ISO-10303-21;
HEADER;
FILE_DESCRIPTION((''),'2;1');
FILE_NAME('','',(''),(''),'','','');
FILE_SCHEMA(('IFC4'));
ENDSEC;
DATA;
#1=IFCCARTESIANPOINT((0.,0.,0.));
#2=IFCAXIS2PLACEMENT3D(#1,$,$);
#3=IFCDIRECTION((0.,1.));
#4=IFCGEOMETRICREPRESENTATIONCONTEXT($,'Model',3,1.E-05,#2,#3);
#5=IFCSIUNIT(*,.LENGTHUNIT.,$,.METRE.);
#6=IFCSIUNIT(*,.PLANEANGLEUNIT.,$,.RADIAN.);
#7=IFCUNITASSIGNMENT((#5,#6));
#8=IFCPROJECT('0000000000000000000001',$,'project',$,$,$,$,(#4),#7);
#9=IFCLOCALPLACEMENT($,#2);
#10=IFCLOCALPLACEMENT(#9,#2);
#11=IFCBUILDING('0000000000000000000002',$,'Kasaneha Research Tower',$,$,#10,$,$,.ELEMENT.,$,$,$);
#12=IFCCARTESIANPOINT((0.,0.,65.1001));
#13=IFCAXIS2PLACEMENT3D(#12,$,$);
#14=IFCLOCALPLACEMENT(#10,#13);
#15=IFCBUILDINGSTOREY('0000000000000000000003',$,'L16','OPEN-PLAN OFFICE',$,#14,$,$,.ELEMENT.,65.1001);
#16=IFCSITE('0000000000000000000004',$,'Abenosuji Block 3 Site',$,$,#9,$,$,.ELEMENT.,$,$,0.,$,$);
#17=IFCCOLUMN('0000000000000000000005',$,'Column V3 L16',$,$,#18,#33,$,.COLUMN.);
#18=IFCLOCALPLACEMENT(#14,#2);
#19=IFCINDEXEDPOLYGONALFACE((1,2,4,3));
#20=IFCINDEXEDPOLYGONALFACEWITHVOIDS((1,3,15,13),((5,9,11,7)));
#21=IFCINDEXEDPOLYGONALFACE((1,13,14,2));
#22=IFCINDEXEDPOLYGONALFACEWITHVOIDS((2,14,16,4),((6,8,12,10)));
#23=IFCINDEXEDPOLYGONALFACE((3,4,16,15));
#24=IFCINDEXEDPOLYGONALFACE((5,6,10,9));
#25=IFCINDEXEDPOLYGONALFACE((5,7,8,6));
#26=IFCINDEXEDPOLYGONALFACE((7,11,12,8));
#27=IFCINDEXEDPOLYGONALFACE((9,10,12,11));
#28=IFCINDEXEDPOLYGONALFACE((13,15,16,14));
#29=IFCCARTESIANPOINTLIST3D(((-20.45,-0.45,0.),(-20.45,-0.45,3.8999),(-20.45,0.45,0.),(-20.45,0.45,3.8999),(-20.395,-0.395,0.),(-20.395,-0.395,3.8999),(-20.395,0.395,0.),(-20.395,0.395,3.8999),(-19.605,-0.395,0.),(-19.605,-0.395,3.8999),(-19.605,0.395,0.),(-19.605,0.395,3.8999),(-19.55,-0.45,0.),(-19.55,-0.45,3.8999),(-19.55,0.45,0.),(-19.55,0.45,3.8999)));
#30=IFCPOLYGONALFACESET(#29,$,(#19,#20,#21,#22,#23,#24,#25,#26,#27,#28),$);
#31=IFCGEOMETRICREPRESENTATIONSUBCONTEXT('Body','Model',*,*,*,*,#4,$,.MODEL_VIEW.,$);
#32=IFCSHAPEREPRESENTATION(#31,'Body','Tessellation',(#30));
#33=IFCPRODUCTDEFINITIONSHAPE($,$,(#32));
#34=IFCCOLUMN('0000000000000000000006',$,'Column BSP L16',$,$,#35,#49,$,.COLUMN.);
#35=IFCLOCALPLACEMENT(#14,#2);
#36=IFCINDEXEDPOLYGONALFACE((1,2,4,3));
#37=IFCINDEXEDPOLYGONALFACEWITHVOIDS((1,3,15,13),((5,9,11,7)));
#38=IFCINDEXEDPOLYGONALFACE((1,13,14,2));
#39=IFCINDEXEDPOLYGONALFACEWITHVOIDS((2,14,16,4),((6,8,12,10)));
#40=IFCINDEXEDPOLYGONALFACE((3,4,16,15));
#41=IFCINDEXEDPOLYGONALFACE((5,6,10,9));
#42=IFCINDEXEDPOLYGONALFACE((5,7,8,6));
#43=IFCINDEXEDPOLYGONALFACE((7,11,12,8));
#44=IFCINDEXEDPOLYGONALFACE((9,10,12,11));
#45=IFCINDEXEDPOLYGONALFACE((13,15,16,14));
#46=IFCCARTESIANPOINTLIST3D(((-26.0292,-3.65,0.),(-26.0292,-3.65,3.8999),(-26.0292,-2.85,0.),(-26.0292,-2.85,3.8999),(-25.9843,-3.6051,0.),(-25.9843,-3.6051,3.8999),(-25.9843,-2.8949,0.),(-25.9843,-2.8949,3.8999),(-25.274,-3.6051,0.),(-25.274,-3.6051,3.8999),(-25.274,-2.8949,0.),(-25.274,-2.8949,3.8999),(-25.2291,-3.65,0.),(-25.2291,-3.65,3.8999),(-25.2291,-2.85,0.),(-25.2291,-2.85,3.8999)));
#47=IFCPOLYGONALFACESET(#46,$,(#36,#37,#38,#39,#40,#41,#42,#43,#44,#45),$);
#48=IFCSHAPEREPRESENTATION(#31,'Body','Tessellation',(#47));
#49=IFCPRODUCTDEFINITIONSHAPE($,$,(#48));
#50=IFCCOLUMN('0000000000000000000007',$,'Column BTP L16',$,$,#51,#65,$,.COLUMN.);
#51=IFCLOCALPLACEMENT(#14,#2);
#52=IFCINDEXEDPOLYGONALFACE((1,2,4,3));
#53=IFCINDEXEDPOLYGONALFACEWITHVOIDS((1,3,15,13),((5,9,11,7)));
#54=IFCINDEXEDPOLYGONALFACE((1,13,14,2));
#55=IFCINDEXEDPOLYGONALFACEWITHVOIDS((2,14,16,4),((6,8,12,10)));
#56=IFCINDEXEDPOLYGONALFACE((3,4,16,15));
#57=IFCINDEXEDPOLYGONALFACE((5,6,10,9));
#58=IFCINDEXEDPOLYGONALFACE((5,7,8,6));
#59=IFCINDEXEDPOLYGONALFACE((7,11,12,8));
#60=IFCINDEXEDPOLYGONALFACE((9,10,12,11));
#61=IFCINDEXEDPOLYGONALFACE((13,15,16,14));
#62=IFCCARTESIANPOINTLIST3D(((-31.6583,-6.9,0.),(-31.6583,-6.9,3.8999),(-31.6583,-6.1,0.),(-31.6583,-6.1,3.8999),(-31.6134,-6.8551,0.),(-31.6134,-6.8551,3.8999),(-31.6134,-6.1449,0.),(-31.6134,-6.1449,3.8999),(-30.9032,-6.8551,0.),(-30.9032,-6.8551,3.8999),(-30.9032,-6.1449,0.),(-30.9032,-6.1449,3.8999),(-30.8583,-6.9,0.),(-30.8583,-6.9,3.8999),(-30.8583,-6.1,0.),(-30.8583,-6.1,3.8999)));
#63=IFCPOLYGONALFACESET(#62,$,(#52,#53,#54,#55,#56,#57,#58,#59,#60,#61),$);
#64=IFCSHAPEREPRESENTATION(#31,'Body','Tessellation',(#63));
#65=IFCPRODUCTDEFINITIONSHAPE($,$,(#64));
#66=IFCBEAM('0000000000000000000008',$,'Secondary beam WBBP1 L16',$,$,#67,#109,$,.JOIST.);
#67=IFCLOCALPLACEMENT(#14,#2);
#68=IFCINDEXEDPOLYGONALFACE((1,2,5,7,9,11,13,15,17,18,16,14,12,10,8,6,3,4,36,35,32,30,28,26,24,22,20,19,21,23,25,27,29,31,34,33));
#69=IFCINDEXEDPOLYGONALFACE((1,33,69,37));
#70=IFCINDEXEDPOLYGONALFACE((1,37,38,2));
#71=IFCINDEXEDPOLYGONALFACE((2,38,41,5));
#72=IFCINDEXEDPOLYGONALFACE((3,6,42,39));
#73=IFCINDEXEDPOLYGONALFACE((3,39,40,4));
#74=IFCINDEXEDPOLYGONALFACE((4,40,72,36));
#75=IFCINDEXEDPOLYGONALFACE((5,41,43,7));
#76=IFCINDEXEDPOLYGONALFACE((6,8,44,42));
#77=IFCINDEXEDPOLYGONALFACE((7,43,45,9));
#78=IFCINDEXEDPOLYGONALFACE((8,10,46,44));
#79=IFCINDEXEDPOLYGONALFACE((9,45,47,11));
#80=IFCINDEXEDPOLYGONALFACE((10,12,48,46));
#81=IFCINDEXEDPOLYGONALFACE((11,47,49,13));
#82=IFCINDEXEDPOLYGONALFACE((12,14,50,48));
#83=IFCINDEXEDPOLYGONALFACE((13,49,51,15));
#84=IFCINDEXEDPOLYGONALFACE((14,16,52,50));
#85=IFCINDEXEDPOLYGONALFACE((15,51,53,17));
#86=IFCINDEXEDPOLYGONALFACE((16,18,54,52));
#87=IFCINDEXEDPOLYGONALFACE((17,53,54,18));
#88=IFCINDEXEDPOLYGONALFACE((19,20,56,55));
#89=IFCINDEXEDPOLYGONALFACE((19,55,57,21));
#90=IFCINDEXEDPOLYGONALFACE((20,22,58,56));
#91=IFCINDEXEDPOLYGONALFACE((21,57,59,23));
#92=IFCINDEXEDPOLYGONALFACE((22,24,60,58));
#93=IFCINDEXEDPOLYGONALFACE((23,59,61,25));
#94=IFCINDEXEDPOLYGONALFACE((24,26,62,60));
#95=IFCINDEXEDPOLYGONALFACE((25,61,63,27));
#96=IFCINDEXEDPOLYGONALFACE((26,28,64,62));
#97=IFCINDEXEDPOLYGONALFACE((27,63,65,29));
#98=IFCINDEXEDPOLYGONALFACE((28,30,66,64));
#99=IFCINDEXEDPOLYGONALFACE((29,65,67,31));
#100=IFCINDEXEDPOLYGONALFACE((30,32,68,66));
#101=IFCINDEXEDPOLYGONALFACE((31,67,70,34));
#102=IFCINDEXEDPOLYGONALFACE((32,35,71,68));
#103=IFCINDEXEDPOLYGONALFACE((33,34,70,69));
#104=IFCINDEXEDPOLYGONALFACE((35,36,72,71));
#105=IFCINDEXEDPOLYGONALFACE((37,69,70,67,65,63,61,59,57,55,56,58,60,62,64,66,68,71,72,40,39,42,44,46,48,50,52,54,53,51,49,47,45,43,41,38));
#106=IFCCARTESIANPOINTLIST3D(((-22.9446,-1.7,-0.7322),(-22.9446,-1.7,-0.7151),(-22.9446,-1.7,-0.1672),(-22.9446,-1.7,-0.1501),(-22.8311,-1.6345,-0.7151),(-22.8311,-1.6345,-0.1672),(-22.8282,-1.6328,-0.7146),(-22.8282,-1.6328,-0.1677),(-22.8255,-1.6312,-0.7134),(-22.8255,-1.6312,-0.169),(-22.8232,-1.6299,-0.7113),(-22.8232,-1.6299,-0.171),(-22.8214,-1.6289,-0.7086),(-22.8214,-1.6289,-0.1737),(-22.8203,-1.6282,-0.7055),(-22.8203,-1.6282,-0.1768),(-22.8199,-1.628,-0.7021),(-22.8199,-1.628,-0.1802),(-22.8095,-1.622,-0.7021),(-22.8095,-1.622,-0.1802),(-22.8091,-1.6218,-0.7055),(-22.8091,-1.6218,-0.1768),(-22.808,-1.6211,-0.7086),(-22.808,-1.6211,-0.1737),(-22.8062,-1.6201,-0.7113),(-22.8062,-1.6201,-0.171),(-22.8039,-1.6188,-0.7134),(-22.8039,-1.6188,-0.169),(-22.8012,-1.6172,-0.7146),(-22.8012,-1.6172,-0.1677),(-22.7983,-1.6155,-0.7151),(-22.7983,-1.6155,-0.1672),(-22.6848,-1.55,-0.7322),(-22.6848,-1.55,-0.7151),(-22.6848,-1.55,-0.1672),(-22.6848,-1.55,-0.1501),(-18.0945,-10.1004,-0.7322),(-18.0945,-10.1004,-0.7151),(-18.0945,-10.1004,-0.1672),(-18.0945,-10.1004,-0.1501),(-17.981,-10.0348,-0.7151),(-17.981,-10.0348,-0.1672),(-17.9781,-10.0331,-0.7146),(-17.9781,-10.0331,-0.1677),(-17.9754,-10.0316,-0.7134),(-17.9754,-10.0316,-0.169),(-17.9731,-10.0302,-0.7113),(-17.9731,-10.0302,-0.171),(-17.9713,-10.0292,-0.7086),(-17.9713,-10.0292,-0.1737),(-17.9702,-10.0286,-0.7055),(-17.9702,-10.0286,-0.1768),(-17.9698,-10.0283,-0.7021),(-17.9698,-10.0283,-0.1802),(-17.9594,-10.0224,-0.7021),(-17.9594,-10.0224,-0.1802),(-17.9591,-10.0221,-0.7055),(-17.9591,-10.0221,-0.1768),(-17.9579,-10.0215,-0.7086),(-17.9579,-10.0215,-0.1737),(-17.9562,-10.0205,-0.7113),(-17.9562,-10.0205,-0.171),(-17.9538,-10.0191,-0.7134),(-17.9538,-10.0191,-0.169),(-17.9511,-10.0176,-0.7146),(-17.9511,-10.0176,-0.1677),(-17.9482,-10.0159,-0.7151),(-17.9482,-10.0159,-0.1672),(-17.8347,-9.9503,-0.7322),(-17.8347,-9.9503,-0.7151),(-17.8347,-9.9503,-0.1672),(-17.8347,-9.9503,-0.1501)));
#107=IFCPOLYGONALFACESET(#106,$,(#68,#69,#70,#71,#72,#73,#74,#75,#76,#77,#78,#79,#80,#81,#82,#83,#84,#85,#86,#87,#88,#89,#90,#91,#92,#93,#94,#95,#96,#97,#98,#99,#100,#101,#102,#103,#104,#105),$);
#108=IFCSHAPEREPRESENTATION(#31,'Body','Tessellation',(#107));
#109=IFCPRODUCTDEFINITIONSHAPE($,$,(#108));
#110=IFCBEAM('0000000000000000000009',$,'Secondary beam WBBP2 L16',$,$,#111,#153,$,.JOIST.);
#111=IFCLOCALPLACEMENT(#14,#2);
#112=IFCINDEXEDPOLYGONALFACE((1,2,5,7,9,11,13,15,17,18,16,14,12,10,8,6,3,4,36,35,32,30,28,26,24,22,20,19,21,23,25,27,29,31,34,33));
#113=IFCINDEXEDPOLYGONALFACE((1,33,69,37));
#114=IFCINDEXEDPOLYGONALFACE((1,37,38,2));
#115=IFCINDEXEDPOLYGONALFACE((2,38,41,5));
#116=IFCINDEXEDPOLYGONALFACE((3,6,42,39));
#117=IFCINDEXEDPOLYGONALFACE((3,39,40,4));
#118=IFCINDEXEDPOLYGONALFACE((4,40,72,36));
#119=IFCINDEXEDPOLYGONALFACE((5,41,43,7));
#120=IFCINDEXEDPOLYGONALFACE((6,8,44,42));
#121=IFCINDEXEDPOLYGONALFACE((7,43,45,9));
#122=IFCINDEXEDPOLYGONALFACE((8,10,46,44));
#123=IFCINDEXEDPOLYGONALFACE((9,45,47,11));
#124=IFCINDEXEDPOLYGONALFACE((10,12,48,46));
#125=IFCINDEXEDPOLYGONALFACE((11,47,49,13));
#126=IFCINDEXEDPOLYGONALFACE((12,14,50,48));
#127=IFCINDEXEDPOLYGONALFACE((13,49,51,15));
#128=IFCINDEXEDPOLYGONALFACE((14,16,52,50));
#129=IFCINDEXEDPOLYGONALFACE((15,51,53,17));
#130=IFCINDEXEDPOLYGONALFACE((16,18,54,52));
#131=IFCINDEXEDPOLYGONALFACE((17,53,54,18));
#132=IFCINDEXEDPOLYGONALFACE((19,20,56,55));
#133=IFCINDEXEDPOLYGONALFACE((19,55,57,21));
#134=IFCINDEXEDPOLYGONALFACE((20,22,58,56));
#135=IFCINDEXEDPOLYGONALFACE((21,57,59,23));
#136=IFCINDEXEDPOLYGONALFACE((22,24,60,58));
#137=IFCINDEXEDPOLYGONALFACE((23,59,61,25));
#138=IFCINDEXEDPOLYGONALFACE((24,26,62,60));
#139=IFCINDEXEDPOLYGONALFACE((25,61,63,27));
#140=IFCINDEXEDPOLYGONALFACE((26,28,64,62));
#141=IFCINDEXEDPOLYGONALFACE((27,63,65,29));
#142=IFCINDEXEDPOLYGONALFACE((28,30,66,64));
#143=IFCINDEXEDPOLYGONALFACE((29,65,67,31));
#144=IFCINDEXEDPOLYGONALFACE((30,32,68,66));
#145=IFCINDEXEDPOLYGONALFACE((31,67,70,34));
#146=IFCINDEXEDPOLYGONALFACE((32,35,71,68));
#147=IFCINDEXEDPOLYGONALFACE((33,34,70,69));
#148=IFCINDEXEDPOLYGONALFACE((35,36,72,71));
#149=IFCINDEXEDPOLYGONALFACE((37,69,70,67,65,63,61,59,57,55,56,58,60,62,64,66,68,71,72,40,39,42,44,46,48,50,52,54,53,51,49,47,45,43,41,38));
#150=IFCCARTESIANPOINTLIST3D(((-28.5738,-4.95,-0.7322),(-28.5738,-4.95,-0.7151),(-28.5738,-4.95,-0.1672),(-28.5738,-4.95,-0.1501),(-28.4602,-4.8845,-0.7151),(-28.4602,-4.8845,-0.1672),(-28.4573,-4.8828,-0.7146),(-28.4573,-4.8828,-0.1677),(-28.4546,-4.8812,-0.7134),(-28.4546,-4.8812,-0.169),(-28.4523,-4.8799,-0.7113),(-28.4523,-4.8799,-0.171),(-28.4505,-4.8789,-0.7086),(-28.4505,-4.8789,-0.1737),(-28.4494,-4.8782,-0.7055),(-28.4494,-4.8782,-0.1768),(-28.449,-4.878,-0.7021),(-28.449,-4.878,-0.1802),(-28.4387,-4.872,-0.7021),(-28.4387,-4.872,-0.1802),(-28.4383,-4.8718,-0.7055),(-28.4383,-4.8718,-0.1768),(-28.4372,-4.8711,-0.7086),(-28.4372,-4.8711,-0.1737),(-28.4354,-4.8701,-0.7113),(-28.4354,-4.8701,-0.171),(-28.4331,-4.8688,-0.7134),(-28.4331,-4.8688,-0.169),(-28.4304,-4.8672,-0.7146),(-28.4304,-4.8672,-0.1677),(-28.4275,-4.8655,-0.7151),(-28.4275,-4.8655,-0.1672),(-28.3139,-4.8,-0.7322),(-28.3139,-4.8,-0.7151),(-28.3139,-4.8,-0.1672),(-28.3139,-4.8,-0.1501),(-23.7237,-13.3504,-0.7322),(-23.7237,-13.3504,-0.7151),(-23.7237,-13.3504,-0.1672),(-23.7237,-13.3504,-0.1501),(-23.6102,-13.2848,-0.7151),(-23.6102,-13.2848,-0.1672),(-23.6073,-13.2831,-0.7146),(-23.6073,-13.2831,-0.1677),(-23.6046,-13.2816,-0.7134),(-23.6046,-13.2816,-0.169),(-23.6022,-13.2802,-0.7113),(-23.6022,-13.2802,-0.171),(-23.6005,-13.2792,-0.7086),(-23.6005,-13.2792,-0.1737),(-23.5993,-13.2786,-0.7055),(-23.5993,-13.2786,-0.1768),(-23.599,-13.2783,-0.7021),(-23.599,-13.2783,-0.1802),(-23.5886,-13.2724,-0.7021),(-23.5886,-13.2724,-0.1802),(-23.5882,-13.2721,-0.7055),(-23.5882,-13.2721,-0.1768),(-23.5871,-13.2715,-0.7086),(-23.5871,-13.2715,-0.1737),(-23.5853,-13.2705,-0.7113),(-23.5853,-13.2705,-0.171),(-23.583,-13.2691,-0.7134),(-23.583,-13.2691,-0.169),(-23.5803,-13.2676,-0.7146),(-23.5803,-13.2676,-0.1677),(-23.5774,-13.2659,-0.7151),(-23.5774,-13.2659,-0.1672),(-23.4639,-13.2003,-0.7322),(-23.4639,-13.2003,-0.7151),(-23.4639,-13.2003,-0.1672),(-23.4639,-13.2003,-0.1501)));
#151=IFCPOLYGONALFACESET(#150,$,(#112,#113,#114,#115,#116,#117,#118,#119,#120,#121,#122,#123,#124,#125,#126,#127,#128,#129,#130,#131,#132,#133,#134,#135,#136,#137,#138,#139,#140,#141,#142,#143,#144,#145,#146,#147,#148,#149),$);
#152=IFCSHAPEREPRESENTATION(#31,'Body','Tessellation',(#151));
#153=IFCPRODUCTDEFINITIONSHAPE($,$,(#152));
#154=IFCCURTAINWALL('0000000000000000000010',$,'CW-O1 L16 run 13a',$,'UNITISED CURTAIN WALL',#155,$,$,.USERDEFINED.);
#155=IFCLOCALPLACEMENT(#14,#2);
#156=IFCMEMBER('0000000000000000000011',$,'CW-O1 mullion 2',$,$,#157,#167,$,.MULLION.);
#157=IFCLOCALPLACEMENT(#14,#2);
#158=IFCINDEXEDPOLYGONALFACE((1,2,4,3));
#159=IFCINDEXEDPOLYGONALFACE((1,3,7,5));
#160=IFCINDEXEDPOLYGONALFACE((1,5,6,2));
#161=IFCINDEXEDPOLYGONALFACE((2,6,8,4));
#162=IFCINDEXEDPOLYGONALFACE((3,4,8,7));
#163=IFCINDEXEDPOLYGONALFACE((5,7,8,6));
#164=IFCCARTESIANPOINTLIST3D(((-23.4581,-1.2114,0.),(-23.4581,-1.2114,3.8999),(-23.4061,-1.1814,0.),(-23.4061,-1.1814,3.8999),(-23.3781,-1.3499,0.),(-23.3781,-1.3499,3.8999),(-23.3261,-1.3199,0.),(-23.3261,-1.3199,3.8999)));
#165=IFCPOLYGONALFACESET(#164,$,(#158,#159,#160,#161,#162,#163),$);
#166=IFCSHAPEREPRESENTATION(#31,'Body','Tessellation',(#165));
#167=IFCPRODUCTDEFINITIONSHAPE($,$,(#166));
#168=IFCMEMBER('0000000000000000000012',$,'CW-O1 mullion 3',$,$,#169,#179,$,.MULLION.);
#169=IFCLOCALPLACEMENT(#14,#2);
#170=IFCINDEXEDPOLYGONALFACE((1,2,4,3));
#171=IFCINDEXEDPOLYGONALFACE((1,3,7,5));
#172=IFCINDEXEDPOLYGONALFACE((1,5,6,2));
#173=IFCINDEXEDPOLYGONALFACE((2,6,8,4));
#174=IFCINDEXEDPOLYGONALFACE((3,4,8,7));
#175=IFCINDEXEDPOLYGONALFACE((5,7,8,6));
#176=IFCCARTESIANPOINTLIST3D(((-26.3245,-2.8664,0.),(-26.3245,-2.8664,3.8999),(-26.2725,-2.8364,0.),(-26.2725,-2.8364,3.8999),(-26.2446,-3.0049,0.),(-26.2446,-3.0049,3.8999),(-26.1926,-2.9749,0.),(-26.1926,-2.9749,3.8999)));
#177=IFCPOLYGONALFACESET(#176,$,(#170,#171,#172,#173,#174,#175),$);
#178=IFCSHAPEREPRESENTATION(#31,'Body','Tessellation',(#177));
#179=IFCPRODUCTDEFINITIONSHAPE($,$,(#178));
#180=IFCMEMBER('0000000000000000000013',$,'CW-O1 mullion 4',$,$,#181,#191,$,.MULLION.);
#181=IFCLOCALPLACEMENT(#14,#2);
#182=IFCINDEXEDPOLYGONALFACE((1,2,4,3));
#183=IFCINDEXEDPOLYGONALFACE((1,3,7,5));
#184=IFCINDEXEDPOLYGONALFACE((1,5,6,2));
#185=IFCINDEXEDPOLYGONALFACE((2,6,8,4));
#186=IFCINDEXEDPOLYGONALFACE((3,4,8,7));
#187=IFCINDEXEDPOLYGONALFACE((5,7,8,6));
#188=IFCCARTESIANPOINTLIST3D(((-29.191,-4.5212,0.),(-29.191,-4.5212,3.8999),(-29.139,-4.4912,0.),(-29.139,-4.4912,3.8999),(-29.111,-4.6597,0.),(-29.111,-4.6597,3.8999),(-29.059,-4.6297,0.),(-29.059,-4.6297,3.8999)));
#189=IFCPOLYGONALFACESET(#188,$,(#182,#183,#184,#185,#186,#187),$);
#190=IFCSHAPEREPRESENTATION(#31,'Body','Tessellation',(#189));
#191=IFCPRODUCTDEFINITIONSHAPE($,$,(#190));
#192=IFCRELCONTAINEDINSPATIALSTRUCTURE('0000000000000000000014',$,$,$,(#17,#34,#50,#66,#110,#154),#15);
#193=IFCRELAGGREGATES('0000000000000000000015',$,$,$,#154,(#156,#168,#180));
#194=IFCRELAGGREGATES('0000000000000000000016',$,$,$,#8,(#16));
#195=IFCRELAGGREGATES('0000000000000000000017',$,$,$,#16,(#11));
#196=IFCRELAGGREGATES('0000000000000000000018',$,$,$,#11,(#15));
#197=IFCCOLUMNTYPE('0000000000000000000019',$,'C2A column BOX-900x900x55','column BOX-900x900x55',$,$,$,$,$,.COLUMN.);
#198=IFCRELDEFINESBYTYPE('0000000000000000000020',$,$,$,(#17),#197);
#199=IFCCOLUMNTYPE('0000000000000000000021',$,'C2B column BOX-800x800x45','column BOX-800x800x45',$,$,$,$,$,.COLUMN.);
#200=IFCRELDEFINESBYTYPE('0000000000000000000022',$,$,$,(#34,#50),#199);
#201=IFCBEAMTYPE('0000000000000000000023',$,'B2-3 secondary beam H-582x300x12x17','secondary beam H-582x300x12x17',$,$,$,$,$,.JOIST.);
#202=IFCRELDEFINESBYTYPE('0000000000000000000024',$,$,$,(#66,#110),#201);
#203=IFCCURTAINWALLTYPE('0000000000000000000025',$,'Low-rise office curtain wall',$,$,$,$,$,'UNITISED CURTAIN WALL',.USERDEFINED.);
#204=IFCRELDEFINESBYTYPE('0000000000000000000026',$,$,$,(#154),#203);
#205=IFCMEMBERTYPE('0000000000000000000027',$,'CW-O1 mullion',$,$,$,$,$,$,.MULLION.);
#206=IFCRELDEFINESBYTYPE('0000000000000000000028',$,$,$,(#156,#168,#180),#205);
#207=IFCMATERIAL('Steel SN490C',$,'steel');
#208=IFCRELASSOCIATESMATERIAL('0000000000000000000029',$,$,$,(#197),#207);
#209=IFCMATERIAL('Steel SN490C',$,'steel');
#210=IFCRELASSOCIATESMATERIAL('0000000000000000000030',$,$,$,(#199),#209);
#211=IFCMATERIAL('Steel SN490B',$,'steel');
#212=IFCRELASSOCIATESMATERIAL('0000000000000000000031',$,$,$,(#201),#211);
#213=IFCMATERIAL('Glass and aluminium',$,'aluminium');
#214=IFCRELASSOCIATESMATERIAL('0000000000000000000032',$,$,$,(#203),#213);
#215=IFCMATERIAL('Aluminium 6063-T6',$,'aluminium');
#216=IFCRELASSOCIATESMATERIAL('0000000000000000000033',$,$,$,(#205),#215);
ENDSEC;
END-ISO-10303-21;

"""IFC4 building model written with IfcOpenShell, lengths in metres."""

from ifc_helpers import new_model, si_unit, direction, frame, origin, origin_2d, place, context, subcontext, project, spatial, rectangle, hollow_rectangle, i_section, extrude, material, material_profile, profile_set, type_object, element, aggregate, save


model = new_model("IFC4")

# Units and contexts
model_context = context("Model", 3, precision=1e-05, world=origin(), true_north=direction((0.0, 1.0)))
body_context = subcontext(model_context, "Body", "Model", "MODEL_VIEW")
ifc_project = project(units=[si_unit("LENGTHUNIT", "METRE"), si_unit("PLANEANGLEUNIT", "RADIAN")], contexts=[model_context])

# Site, building, storey
site_placement = place(None, origin())
site = spatial("IfcSite", under=ifc_project, at=site_placement, Name="Abenosuji Block 3 Site", CompositionType="ELEMENT", RefElevation=0.0)
building_placement = place(site_placement, origin())
building = spatial("IfcBuilding", under=site, at=building_placement, Name="Kasaneha Research Tower", CompositionType="ELEMENT")
storey_placement = place(building_placement, frame((0.0, 0.0, 65.1001)))
storey = spatial("IfcBuildingStorey", under=building, at=storey_placement, Name="L16", Description="OPEN-PLAN OFFICE", CompositionType="ELEMENT", Elevation=65.1001)

# Columns
ifc_material_1 = material(Name="Steel SN490C", Category="steel")
ifc_material_profile_1 = material_profile(ifc_material_1, hollow_rectangle(XDim=0.8999, YDim=0.8999, WallThickness=0.0549, at=origin_2d()), Name="BOX-900x900x55")
ifc_profile_set_1 = profile_set([ifc_material_profile_1], Name="Steel SN490C")
column_type_1 = type_object("IfcColumnType", Name="C2A column BOX-900x900x55", Description="column BOX-900x900x55", PredefinedType="COLUMN", material=ifc_profile_set_1)
column_placement = place(storey_placement, frame((-20.0, 0.0, 0.0), z_axis=(0.0, 0.0, 1.0), x_axis=(1.0, 0.0, 0.0)))
element("IfcColumn", 1, at=column_placement, inside=storey, type_object=column_type_1, Name="Column V3 L16", PredefinedType="COLUMN", context=body_context, shape_type="SweptSolid", body=[
    extrude(hollow_rectangle(XDim=0.8999, YDim=0.8999, WallThickness=0.0549, at=origin_2d()), origin(), (0.0, 0.0, 1.0), 3.8999),
])
ifc_material_2 = material(Name="Steel SN490C", Category="steel")
ifc_material_profile_2 = material_profile(ifc_material_2, hollow_rectangle(XDim=0.8, YDim=0.8, WallThickness=0.0449, at=origin_2d()), Name="BOX-800x800x45")
ifc_profile_set_2 = profile_set([ifc_material_profile_2], Name="Steel SN490C")
column_type_2 = type_object("IfcColumnType", Name="C2B column BOX-800x800x45", Description="column BOX-800x800x45", PredefinedType="COLUMN", material=ifc_profile_set_2)
for number, where, z_axis, x_axis, name in (
    (2, (-25.6292, -3.25, 0.0), (0.0, 0.0, 1.0), (1.0, 0.0, 0.0), "Column BSP L16"),
    (3, (-31.2583, -6.5, 0.0), (0.0, 0.0, 1.0), (1.0, 0.0, 0.0), "Column BTP L16"),
):
    element("IfcColumn", number, at=place(storey_placement, frame(where, z_axis=z_axis, x_axis=x_axis)), inside=storey, type_object=column_type_2, Name=name, PredefinedType="COLUMN", context=body_context, shape_type="SweptSolid", body=[
        extrude(hollow_rectangle(XDim=0.8, YDim=0.8, WallThickness=0.0449, at=origin_2d()), origin(), (0.0, 0.0, 1.0), 3.8999),
    ])

# Beams
ifc_material_3 = material(Name="Steel SN490B", Category="steel")
ifc_material_profile_3 = material_profile(ifc_material_3, i_section(OverallWidth=0.3, OverallDepth=0.582, WebThickness=0.012, FlangeThickness=0.0171, FilletRadius=0.0129, at=origin_2d()), Name="H-582x300x12x17")
ifc_profile_set_3 = profile_set([ifc_material_profile_3], Name="Steel SN490B")
beam_type_1 = type_object("IfcBeamType", Name="B2-3 secondary beam H-582x300x12x17", Description="secondary beam H-582x300x12x17", PredefinedType="JOIST", material=ifc_profile_set_3)
for number, where, z_axis, x_axis, name in (
    (4, (-22.8147, -1.625, -0.4412), (0.50001, -0.86602, 0.0), (0.86602, 0.50001, 0.0), "Secondary beam WBBP1 L16"),
    (5, (-28.4438, -4.875, -0.4412), (0.50001, -0.86602, 0.0), (0.86602, 0.50001, 0.0), "Secondary beam WBBP2 L16"),
):
    element("IfcBeam", number, at=place(storey_placement, frame(where, z_axis=z_axis, x_axis=x_axis)), inside=storey, type_object=beam_type_1, Name=name, PredefinedType="JOIST", context=body_context, shape_type="SweptSolid", body=[
        extrude(i_section(OverallWidth=0.3, OverallDepth=0.582, WebThickness=0.012, FlangeThickness=0.0171, FilletRadius=0.0129, at=origin_2d()), origin(), (0.0, 0.0, 1.0), 9.7),
    ])

# Curtain wall, members
ifc_material_4 = material(Name="Glass and aluminium", Category="aluminium")
curtain_wall_type = type_object("IfcCurtainWallType", Name="Low-rise office curtain wall", ElementType="UNITISED CURTAIN WALL", PredefinedType="USERDEFINED", material=ifc_material_4)
curtain_wall_1_placement = place(storey_placement, origin())
curtain_wall_1 = element("IfcCurtainWall", 6, at=curtain_wall_1_placement, inside=storey, type_object=curtain_wall_type, Name="CW-O1 L16 run 13a", ObjectType="UNITISED CURTAIN WALL", PredefinedType="USERDEFINED")
ifc_material_5 = material(Name="Aluminium 6063-T6", Category="aluminium")
ifc_material_profile_4 = material_profile(ifc_material_5, rectangle(XDim=0.0601, YDim=0.1599, at=origin_2d()), Name="CW-O1 mullion 60x160")
ifc_profile_set_4 = profile_set([ifc_material_profile_4], Name="Aluminium 6063-T6")
member_type_1 = type_object("IfcMemberType", Name="CW-O1 mullion", PredefinedType="MULLION", material=ifc_profile_set_4)
member_1_placement = place(storey_placement, frame((-23.3921, -1.2656, 0.0), z_axis=(0.0, 0.0, 1.0), x_axis=(-0.866025, -0.5, 0.0)))
member_1 = element("IfcMember", 7, at=member_1_placement, type_object=member_type_1, Name="CW-O1 mullion 2", PredefinedType="MULLION", context=body_context, shape_type="SweptSolid", body=[
    extrude(rectangle(XDim=0.0601, YDim=0.1599, at=origin_2d()), origin(), (0.0, 0.0, 1.0), 3.8999),
])
member_2_placement = place(storey_placement, frame((-26.2585, -2.9207, 0.0), z_axis=(0.0, 0.0, 1.0), x_axis=(-0.866025, -0.5, 0.0)))
member_2 = element("IfcMember", 8, at=member_2_placement, type_object=member_type_1, Name="CW-O1 mullion 3", PredefinedType="MULLION", context=body_context, shape_type="SweptSolid", body=[
    extrude(rectangle(XDim=0.0601, YDim=0.1599, at=origin_2d()), origin(), (0.0, 0.0, 1.0), 3.8999),
])
member_3_placement = place(storey_placement, frame((-29.125, -4.5754, 0.0), z_axis=(0.0, 0.0, 1.0), x_axis=(-0.866025, -0.5, 0.0)))
member_3 = element("IfcMember", 9, at=member_3_placement, type_object=member_type_1, Name="CW-O1 mullion 4", PredefinedType="MULLION", context=body_context, shape_type="SweptSolid", body=[
    extrude(rectangle(XDim=0.0601, YDim=0.1599, at=origin_2d()), origin(), (0.0, 0.0, 1.0), 3.8999),
])

aggregate(curtain_wall_1, [member_1, member_2, member_3])

save(model, "model.ifc")
